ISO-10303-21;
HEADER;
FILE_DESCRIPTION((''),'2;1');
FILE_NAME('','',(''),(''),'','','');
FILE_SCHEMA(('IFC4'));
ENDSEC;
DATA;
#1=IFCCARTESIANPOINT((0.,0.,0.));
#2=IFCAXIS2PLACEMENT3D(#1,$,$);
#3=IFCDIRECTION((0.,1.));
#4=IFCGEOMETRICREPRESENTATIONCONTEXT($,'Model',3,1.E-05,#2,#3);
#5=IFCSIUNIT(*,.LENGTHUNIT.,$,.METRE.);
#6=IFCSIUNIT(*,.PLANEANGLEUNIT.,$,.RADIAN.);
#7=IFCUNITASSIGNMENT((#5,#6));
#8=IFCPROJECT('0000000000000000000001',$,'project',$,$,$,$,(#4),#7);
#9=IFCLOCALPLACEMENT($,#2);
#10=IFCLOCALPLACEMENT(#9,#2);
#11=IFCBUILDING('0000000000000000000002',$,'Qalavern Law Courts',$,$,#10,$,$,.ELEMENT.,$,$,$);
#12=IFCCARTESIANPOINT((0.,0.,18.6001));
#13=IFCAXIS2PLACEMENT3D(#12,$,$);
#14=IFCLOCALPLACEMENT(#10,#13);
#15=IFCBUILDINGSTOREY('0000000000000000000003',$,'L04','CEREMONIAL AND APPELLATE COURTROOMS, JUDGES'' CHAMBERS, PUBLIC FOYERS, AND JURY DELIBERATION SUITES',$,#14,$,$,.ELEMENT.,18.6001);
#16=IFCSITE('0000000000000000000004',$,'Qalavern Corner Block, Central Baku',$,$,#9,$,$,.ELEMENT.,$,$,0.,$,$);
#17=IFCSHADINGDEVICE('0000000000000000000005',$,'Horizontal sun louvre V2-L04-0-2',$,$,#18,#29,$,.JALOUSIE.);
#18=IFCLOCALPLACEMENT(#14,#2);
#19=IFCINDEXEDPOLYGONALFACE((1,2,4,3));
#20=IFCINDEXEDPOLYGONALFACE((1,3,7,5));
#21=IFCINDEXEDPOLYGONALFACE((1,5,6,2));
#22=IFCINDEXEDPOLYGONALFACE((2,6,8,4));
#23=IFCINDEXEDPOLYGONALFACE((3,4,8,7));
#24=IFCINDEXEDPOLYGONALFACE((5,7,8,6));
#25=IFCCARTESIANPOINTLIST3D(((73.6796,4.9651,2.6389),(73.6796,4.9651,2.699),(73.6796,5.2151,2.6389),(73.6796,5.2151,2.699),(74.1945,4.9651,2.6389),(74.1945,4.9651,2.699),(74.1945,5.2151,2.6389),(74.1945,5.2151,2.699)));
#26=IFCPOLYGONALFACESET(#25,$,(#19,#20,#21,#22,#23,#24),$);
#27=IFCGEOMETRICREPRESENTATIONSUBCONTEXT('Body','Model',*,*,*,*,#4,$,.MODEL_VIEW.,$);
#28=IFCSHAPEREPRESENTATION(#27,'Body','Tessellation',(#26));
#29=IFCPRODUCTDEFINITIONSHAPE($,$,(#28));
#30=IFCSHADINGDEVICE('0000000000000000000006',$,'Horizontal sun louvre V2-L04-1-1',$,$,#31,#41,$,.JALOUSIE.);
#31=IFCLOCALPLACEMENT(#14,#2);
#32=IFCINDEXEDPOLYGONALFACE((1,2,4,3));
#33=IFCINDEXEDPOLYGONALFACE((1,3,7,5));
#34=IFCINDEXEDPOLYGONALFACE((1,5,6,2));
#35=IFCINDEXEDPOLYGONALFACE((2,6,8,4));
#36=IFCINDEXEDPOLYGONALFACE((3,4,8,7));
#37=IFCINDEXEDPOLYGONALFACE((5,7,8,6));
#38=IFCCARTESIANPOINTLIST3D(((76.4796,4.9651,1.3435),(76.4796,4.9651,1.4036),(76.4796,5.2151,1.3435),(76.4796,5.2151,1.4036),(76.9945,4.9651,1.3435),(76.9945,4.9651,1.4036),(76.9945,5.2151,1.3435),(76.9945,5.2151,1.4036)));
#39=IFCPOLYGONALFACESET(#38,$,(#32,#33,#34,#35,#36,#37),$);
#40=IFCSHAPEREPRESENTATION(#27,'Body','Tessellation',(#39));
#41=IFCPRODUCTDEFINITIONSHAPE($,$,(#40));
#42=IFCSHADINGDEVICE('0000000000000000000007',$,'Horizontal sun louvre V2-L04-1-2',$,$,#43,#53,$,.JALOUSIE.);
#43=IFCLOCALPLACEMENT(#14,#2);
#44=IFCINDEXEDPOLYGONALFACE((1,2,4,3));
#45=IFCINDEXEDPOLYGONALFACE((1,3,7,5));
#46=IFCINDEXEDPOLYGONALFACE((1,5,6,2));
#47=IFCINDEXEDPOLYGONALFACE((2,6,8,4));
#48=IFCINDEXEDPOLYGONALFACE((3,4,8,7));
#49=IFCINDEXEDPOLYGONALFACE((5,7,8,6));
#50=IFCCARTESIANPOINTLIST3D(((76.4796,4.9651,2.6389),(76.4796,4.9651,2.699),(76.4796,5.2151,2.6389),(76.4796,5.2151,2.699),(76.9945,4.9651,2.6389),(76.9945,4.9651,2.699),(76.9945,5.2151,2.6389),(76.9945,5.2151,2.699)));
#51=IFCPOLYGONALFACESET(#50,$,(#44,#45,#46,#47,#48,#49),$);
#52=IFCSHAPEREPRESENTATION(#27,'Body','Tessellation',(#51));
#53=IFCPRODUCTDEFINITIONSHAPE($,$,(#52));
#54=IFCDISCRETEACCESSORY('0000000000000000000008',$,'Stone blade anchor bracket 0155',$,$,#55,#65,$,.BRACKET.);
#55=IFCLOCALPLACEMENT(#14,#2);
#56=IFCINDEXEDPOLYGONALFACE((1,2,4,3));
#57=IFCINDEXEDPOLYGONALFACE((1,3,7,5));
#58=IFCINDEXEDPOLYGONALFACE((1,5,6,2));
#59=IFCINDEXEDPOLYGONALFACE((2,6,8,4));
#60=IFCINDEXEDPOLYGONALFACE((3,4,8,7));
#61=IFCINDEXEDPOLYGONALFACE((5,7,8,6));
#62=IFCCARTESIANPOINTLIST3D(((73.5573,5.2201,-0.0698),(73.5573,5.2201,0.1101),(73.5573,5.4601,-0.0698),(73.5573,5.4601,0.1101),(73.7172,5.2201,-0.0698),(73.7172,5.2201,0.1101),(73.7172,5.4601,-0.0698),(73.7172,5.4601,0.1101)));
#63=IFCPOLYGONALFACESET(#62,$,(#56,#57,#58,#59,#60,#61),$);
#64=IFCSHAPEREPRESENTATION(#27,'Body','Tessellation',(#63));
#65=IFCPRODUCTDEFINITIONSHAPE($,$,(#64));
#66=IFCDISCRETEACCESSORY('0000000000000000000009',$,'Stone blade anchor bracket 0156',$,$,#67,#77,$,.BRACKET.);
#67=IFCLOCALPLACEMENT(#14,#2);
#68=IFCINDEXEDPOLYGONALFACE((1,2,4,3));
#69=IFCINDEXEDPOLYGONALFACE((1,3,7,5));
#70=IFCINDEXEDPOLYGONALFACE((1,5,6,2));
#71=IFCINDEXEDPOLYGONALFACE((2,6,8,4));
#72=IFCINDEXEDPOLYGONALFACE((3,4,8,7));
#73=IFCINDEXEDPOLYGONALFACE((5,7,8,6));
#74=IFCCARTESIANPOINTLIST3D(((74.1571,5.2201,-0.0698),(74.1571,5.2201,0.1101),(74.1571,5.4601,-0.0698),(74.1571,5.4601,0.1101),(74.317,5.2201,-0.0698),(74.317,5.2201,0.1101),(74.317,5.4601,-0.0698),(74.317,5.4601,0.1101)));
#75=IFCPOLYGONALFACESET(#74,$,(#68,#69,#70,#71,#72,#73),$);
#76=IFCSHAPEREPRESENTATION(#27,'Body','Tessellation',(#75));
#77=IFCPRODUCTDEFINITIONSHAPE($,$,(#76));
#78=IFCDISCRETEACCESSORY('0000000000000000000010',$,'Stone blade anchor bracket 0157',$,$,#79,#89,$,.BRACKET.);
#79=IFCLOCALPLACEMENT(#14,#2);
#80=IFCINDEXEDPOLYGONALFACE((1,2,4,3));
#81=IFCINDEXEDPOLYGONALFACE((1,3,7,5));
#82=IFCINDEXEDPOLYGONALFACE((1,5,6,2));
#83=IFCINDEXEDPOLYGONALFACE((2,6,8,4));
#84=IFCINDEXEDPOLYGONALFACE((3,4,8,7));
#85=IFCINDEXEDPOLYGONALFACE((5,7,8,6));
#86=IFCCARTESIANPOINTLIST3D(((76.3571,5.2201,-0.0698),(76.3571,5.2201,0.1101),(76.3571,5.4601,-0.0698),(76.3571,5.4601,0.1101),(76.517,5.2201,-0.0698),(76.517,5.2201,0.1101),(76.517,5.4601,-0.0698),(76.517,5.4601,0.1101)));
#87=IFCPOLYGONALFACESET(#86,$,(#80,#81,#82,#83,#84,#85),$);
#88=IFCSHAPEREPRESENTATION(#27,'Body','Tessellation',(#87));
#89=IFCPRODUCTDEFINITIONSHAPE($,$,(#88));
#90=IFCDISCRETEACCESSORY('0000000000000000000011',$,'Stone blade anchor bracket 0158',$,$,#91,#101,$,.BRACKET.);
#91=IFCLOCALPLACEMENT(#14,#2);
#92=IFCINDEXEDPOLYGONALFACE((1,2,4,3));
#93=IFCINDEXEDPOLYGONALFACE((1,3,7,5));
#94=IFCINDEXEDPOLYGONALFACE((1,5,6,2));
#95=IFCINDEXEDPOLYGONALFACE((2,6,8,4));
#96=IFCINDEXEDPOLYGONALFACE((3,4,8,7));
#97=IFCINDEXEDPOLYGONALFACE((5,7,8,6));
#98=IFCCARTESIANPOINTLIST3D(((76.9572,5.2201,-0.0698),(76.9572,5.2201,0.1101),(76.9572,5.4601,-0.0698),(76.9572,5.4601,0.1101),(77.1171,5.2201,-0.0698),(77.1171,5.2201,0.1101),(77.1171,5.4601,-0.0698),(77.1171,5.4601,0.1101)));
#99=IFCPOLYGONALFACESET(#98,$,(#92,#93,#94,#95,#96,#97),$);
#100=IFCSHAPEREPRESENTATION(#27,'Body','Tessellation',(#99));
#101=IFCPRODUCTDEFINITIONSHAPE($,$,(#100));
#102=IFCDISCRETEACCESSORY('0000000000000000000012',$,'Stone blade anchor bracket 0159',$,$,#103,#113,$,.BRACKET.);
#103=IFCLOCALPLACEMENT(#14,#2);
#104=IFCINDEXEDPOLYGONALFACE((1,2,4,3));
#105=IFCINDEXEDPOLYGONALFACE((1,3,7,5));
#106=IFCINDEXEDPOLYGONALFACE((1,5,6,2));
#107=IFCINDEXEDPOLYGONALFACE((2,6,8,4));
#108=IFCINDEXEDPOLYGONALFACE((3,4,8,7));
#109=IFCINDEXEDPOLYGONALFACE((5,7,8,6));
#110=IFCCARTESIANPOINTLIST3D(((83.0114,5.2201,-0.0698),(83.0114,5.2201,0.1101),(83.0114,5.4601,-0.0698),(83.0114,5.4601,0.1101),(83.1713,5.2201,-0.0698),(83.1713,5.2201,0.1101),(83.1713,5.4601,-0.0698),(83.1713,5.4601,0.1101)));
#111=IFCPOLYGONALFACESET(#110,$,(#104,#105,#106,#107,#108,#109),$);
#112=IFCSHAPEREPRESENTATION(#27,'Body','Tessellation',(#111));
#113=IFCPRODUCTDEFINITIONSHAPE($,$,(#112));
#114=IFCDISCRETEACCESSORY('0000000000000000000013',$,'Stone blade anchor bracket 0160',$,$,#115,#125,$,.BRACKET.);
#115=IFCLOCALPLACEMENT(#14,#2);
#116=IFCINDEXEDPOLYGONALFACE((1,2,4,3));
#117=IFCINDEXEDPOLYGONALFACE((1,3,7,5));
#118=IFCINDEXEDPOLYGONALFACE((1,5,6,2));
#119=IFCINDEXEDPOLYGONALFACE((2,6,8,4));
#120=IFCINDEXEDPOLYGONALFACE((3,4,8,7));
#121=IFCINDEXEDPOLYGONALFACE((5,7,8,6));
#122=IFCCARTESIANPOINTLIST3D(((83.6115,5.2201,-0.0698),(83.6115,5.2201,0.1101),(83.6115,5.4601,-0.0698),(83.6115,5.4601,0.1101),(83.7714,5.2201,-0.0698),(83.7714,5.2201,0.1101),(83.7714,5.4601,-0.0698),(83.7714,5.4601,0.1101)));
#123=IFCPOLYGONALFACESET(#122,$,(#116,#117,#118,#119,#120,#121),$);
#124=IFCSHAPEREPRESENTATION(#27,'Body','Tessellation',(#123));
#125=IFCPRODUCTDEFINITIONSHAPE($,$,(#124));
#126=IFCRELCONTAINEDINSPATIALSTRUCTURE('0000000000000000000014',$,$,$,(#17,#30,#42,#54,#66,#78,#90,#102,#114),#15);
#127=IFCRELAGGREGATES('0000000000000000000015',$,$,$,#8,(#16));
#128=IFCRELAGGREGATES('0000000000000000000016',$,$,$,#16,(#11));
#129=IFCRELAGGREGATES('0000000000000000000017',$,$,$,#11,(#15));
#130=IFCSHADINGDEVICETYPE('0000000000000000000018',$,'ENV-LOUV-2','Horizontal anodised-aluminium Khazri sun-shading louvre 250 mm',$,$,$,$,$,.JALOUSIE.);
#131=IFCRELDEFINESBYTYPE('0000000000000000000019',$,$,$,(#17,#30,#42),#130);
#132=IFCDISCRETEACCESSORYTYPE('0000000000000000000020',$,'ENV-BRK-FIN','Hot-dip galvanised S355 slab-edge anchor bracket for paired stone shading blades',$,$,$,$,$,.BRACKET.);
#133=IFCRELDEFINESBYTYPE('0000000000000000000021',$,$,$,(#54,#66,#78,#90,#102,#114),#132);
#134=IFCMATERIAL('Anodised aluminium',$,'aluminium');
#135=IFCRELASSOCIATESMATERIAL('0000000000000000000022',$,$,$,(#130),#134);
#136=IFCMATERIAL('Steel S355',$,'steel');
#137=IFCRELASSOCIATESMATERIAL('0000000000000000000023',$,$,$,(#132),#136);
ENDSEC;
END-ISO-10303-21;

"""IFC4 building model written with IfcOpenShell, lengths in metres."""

from ifc_helpers import new_model, si_unit, direction, frame, origin, origin_2d, place, context, subcontext, project, spatial, rectangle, extrude, material, type_object, element, save


model = new_model("IFC4")

# Units and contexts
model_context = context("Model", 3, precision=1e-05, world=origin(), true_north=direction((0.0, 1.0)))
body_context = subcontext(model_context, "Body", "Model", "MODEL_VIEW")
ifc_project = project(units=[si_unit("LENGTHUNIT", "METRE"), si_unit("PLANEANGLEUNIT", "RADIAN")], contexts=[model_context])

# Site, building, storey
site_placement = place(None, origin())
site = spatial("IfcSite", under=ifc_project, at=site_placement, Name="Qalavern Corner Block, Central Baku", CompositionType="ELEMENT", RefElevation=0.0)
building_placement = place(site_placement, origin())
building = spatial("IfcBuilding", under=site, at=building_placement, Name="Qalavern Law Courts", CompositionType="ELEMENT")
storey_placement = place(building_placement, frame((0.0, 0.0, 18.6001)))
storey = spatial("IfcBuildingStorey", under=building, at=storey_placement, Name="L04", Description="CEREMONIAL AND APPELLATE COURTROOMS, JUDGES' CHAMBERS, PUBLIC FOYERS, AND JURY DELIBERATION SUITES", CompositionType="ELEMENT", Elevation=18.6001)

# Shared definitions
ifc_material_1 = material(Name="Anodised aluminium", Category="aluminium")

# Shading devices
shading_device_type_1 = type_object("IfcShadingDeviceType", Name="ENV-LOUV-2", Description="Horizontal anodised-aluminium Khazri sun-shading louvre 250 mm", PredefinedType="JALOUSIE", material=ifc_material_1)
for number, where, z_axis, x_axis, name in (
    (1, (73.937, 5.0901, 2.6389), (0.0, 0.0, 1.0), (1.0, 0.0, 0.0), "Horizontal sun louvre V2-L04-0-2"),
    (2, (76.7371, 5.0901, 1.3435), (0.0, 0.0, 1.0), (1.0, 0.0, 0.0), "Horizontal sun louvre V2-L04-1-1"),
    (3, (76.7371, 5.0901, 2.6389), (0.0, 0.0, 1.0), (1.0, 0.0, 0.0), "Horizontal sun louvre V2-L04-1-2"),
):
    element("IfcShadingDevice", number, at=place(storey_placement, frame(where, z_axis=z_axis, x_axis=x_axis)), inside=storey, type_object=shading_device_type_1, Name=name, PredefinedType="JALOUSIE", context=body_context, shape_type="SweptSolid", body=[
        extrude(rectangle(XDim=0.5149, YDim=0.25, at=origin_2d()), origin(), (0.0, 0.0, 1.0), 0.0601),
    ])

# Discrete accessories
ifc_material_2 = material(Name="Steel S355", Category="steel")
discrete_accessory_type = type_object("IfcDiscreteAccessoryType", Name="ENV-BRK-FIN", Description="Hot-dip galvanised S355 slab-edge anchor bracket for paired stone shading blades", PredefinedType="BRACKET", material=ifc_material_2)
for number, where, z_axis, x_axis, name in (
    (4, (73.6372, 5.3401, -0.0698), (0.0, 0.0, 1.0), (0.0, -1.0, 0.0), "Stone blade anchor bracket 0155"),
    (5, (74.2371, 5.3401, -0.0698), (0.0, 0.0, 1.0), (0.0, -1.0, 0.0), "Stone blade anchor bracket 0156"),
    (6, (76.437, 5.3401, -0.0698), (0.0, 0.0, 1.0), (0.0, -1.0, 0.0), "Stone blade anchor bracket 0157"),
    (7, (77.0371, 5.3401, -0.0698), (0.0, 0.0, 1.0), (0.0, -1.0, 0.0), "Stone blade anchor bracket 0158"),
    (8, (83.0913, 5.3401, -0.0698), (0.0, 0.0, 1.0), (0.0, -1.0, 0.0), "Stone blade anchor bracket 0159"),
    (9, (83.6914, 5.3401, -0.0698), (0.0, 0.0, 1.0), (0.0, -1.0, 0.0), "Stone blade anchor bracket 0160"),
):
    element("IfcDiscreteAccessory", number, at=place(storey_placement, frame(where, z_axis=z_axis, x_axis=x_axis)), inside=storey, type_object=discrete_accessory_type, Name=name, PredefinedType="BRACKET", context=body_context, shape_type="SweptSolid", body=[
        extrude(rectangle(XDim=0.24, YDim=0.1599, at=origin_2d()), origin(), (0.0, 0.0, 1.0), 0.1799),
    ])

save(model, "model.ifc")
